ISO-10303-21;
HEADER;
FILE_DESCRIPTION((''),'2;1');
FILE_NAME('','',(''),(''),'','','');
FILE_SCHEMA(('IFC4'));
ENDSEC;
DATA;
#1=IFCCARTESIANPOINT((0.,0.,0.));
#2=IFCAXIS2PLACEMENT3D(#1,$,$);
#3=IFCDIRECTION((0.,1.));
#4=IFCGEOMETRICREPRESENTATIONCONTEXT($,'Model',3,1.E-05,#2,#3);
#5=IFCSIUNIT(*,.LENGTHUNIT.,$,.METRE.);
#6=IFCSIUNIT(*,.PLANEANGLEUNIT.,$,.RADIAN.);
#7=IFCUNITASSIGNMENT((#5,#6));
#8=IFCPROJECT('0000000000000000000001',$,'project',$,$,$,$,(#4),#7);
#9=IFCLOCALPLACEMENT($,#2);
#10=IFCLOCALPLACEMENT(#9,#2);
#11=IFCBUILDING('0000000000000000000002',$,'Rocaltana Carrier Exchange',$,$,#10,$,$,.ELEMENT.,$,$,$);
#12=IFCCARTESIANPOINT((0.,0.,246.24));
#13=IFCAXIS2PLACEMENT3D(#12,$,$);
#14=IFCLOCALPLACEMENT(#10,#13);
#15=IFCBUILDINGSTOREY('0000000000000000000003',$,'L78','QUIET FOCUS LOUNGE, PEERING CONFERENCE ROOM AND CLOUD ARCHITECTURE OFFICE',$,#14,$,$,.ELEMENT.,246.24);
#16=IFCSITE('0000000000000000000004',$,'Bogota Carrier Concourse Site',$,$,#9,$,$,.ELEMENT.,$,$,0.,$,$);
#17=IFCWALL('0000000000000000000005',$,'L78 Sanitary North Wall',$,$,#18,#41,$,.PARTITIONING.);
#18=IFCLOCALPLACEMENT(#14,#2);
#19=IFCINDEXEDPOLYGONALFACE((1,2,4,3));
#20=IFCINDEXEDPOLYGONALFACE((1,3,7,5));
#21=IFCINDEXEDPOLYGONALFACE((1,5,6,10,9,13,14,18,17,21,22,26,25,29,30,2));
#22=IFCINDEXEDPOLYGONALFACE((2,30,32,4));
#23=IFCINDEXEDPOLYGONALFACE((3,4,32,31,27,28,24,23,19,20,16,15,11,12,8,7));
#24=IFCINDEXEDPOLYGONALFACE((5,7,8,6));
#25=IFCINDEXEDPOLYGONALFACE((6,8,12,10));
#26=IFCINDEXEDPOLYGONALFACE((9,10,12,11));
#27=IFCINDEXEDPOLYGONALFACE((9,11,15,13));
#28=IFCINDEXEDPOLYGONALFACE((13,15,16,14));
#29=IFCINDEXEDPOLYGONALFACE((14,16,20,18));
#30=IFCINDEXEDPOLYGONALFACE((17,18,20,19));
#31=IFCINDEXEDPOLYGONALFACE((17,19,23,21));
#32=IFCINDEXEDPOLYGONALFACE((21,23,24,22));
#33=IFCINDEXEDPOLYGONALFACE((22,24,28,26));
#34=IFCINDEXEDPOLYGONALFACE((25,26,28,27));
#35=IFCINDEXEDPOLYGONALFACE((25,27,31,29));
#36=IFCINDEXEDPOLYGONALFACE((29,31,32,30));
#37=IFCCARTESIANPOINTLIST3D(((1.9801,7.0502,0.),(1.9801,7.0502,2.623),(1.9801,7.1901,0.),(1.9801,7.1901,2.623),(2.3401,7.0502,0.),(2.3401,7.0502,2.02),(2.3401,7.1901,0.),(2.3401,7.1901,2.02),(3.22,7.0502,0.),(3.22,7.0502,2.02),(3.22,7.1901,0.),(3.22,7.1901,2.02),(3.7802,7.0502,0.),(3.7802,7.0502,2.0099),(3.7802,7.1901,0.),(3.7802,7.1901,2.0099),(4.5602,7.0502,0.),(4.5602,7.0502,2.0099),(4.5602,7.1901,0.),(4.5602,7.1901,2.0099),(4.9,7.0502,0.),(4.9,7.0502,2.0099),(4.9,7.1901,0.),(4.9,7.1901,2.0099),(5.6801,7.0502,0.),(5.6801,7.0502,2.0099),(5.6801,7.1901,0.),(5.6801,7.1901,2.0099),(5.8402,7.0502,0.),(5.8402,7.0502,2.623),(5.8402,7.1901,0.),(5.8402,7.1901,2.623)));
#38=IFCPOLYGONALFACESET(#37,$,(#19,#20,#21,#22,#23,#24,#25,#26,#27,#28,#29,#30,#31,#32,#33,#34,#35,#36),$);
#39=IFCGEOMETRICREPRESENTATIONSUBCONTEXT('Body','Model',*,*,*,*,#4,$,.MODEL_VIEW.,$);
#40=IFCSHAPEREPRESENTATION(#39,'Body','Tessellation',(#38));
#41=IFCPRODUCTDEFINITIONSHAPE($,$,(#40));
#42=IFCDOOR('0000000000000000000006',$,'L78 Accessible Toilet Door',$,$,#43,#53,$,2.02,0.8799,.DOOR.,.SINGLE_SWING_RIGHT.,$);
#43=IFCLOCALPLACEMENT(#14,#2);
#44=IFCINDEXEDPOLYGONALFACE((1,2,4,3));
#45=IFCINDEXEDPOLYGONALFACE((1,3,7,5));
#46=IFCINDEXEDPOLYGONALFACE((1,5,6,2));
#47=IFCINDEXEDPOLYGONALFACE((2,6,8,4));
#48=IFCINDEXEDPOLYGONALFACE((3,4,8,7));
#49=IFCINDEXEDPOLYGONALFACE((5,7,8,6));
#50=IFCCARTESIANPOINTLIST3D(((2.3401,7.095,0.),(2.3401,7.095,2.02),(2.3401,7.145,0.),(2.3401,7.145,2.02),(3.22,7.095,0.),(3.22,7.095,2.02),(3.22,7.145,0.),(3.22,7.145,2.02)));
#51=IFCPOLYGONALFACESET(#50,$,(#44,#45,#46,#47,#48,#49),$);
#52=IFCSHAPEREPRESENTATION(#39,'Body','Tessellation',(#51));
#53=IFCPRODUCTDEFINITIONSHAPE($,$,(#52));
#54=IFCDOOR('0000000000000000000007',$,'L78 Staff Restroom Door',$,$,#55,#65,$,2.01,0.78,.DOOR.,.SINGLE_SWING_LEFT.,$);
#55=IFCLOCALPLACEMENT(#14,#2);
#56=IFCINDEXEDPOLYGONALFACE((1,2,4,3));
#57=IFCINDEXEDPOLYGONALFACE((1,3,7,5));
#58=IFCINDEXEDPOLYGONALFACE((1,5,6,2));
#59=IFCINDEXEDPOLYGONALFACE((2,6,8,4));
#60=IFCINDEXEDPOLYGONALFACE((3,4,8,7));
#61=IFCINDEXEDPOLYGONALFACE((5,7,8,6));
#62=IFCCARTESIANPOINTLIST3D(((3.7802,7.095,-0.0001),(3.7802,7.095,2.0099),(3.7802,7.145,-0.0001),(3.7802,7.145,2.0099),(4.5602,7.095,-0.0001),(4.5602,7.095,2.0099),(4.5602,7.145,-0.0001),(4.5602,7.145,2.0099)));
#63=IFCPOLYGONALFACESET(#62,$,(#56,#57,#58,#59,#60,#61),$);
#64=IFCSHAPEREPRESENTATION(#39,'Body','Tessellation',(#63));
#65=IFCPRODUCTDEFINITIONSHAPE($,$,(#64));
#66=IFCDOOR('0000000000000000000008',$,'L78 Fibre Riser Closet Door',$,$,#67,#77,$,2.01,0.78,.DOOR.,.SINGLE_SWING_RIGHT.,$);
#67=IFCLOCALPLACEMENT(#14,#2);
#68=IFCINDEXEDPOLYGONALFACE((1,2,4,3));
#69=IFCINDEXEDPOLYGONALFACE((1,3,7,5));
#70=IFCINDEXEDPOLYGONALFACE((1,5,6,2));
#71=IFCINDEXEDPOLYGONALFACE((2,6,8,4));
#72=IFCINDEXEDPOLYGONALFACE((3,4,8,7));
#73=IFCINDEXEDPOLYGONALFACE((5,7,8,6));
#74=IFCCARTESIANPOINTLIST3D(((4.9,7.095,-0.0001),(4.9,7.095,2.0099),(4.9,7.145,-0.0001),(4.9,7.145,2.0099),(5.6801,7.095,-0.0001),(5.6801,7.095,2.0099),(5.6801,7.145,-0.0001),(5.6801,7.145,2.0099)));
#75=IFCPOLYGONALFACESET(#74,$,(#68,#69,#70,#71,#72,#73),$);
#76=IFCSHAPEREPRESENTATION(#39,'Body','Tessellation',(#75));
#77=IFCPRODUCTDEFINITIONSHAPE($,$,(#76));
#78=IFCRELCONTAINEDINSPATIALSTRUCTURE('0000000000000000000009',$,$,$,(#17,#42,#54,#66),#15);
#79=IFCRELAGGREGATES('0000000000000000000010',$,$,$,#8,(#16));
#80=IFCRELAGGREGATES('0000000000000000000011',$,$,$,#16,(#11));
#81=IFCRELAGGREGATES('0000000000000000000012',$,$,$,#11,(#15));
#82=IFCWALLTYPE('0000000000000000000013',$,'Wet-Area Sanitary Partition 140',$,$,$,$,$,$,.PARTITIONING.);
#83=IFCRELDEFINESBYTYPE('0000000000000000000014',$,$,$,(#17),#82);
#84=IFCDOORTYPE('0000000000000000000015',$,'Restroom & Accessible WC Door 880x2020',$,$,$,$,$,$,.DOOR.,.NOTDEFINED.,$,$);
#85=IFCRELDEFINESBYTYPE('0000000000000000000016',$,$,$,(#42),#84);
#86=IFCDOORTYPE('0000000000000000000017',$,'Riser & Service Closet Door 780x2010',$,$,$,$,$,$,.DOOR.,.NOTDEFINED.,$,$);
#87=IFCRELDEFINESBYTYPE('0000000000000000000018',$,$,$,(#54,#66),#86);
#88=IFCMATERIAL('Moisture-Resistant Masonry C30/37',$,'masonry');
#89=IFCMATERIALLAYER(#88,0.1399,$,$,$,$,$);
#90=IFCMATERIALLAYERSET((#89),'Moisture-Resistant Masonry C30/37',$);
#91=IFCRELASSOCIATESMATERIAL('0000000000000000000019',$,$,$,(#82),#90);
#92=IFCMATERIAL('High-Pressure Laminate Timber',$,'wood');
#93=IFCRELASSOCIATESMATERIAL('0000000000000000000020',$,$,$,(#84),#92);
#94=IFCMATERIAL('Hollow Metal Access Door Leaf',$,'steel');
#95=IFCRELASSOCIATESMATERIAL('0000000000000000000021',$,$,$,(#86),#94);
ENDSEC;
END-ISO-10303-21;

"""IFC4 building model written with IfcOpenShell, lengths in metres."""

from ifc_helpers import new_model, si_unit, direction, frame, frame_2d, origin, place, context, subcontext, project, spatial, rectangle, extrude, material, layer, layer_set, type_object, element, fill, save


model = new_model("IFC4")

# Units and contexts
model_context = context("Model", 3, precision=1e-05, world=origin(), true_north=direction((0.0, 1.0)))
body_context = subcontext(model_context, "Body", "Model", "MODEL_VIEW")
ifc_project = project(units=[si_unit("LENGTHUNIT", "METRE"), si_unit("PLANEANGLEUNIT", "RADIAN")], contexts=[model_context])

# Site, building, storey
site_placement = place(None, origin())
site = spatial("IfcSite", under=ifc_project, at=site_placement, Name="Bogota Carrier Concourse Site", CompositionType="ELEMENT", RefElevation=0.0)
building_placement = place(site_placement, origin())
building = spatial("IfcBuilding", under=site, at=building_placement, Name="Rocaltana Carrier Exchange", CompositionType="ELEMENT")
storey_placement = place(building_placement, frame((0.0, 0.0, 246.24)))
storey = spatial("IfcBuildingStorey", under=building, at=storey_placement, Name="L78", Description="QUIET FOCUS LOUNGE, PEERING CONFERENCE ROOM AND CLOUD ARCHITECTURE OFFICE", CompositionType="ELEMENT", Elevation=246.24)

# Wall, openings, doors
ifc_material_1 = material(Name="Moisture-Resistant Masonry C30/37", Category="masonry")
ifc_layer_1 = layer(ifc_material_1, 0.1399)
ifc_layer_set_1 = layer_set([ifc_layer_1], Name="Moisture-Resistant Masonry C30/37")
wall_type_1 = type_object("IfcWallType", Name="Wet-Area Sanitary Partition 140", PredefinedType="PARTITIONING", material=ifc_layer_set_1)
wall_1_placement = place(storey_placement, frame((1.98, 7.1201, 0.0), z_axis=(0.0, 0.0, 1.0), x_axis=(1.0, 0.0, 0.0)))
wall_1 = element("IfcWall", 1, at=wall_1_placement, inside=storey, type_object=wall_type_1, Name="L78 Sanitary North Wall", PredefinedType="PARTITIONING", context=body_context, shape_type="SweptSolid", body=[
    extrude(rectangle(XDim=3.8601, YDim=0.1399, at=frame_2d((1.9302, 0.0))), origin(), (0.0, 0.0, 1.0), 2.623),
])
opening_1_placement = place(wall_1_placement, frame((0.3601, 0.0, 0.0)))
opening_1 = element("IfcOpeningElement", 2, at=opening_1_placement, cuts=wall_1, PredefinedType="OPENING", context=body_context, shape_type="SweptSolid", body=[
    extrude(rectangle(XDim=0.8799, YDim=2.02, at=frame_2d((0.4399, 1.01))), frame((0.0, 0.0798, 0.0), z_axis=(0.0, -1.0, 0.0), x_axis=(1.0, 0.0, 0.0)), (0.0, 0.0, 1.0), 0.1599),
])
opening_2_placement = place(wall_1_placement, frame((1.8, 0.0, 0.0)))
opening_2 = element("IfcOpeningElement", 3, at=opening_2_placement, cuts=wall_1, PredefinedType="OPENING", context=body_context, shape_type="SweptSolid", body=[
    extrude(rectangle(XDim=0.78, YDim=2.01, at=frame_2d((0.3901, 1.0049))), frame((0.0, 0.0798, 0.0), z_axis=(0.0, -1.0, 0.0), x_axis=(1.0, 0.0, 0.0)), (0.0, 0.0, 1.0), 0.1599),
])
opening_3_placement = place(wall_1_placement, frame((2.9199, 0.0, 0.0)))
opening_3 = element("IfcOpeningElement", 4, at=opening_3_placement, cuts=wall_1, PredefinedType="OPENING", context=body_context, shape_type="SweptSolid", body=[
    extrude(rectangle(XDim=0.78, YDim=2.01, at=frame_2d((0.3901, 1.0049))), frame((0.0, 0.0798, 0.0), z_axis=(0.0, -1.0, 0.0), x_axis=(1.0, 0.0, 0.0)), (0.0, 0.0, 1.0), 0.1599),
])
ifc_material_2 = material(Name="High-Pressure Laminate Timber", Category="wood")
door_type_1 = type_object("IfcDoorType", Name="Restroom & Accessible WC Door 880x2020", OperationType="NOTDEFINED", PredefinedType="DOOR", material=ifc_material_2)
door_1_placement = place(opening_1_placement, origin())
door_1 = element("IfcDoor", 5, at=door_1_placement, inside=storey, type_object=door_type_1, Name="L78 Accessible Toilet Door", OperationType="SINGLE_SWING_RIGHT", OverallHeight=2.02, OverallWidth=0.8799, PredefinedType="DOOR", context=body_context, shape_type="SweptSolid", body=[
    extrude(rectangle(XDim=0.8799, YDim=2.02, at=frame_2d((0.4399, 1.01))), frame((0.0, 0.0249, 0.0), z_axis=(0.0, -1.0, 0.0), x_axis=(1.0, 0.0, 0.0)), (0.0, 0.0, 1.0), 0.05),
])
fill(opening_1, door_1)
ifc_material_3 = material(Name="Hollow Metal Access Door Leaf", Category="steel")
door_type_2 = type_object("IfcDoorType", Name="Riser & Service Closet Door 780x2010", OperationType="NOTDEFINED", PredefinedType="DOOR", material=ifc_material_3)
door_2_placement = place(opening_2_placement, origin())
door_2 = element("IfcDoor", 6, at=door_2_placement, inside=storey, type_object=door_type_2, Name="L78 Staff Restroom Door", OperationType="SINGLE_SWING_LEFT", OverallHeight=2.01, OverallWidth=0.78, PredefinedType="DOOR", context=body_context, shape_type="SweptSolid", body=[
    extrude(rectangle(XDim=0.78, YDim=2.01, at=frame_2d((0.3901, 1.0049))), frame((0.0, 0.0249, 0.0), z_axis=(0.0, -1.0, 0.0), x_axis=(1.0, 0.0, 0.0)), (0.0, 0.0, 1.0), 0.05),
])
fill(opening_2, door_2)
door_3_placement = place(opening_3_placement, origin())
door_3 = element("IfcDoor", 7, at=door_3_placement, inside=storey, type_object=door_type_2, Name="L78 Fibre Riser Closet Door", OperationType="SINGLE_SWING_RIGHT", OverallHeight=2.01, OverallWidth=0.78, PredefinedType="DOOR", context=body_context, shape_type="SweptSolid", body=[
    extrude(rectangle(XDim=0.78, YDim=2.01, at=frame_2d((0.3901, 1.0049))), frame((0.0, 0.0249, 0.0), z_axis=(0.0, -1.0, 0.0), x_axis=(1.0, 0.0, 0.0)), (0.0, 0.0, 1.0), 0.05),
])
fill(opening_3, door_3)

save(model, "model.ifc")
